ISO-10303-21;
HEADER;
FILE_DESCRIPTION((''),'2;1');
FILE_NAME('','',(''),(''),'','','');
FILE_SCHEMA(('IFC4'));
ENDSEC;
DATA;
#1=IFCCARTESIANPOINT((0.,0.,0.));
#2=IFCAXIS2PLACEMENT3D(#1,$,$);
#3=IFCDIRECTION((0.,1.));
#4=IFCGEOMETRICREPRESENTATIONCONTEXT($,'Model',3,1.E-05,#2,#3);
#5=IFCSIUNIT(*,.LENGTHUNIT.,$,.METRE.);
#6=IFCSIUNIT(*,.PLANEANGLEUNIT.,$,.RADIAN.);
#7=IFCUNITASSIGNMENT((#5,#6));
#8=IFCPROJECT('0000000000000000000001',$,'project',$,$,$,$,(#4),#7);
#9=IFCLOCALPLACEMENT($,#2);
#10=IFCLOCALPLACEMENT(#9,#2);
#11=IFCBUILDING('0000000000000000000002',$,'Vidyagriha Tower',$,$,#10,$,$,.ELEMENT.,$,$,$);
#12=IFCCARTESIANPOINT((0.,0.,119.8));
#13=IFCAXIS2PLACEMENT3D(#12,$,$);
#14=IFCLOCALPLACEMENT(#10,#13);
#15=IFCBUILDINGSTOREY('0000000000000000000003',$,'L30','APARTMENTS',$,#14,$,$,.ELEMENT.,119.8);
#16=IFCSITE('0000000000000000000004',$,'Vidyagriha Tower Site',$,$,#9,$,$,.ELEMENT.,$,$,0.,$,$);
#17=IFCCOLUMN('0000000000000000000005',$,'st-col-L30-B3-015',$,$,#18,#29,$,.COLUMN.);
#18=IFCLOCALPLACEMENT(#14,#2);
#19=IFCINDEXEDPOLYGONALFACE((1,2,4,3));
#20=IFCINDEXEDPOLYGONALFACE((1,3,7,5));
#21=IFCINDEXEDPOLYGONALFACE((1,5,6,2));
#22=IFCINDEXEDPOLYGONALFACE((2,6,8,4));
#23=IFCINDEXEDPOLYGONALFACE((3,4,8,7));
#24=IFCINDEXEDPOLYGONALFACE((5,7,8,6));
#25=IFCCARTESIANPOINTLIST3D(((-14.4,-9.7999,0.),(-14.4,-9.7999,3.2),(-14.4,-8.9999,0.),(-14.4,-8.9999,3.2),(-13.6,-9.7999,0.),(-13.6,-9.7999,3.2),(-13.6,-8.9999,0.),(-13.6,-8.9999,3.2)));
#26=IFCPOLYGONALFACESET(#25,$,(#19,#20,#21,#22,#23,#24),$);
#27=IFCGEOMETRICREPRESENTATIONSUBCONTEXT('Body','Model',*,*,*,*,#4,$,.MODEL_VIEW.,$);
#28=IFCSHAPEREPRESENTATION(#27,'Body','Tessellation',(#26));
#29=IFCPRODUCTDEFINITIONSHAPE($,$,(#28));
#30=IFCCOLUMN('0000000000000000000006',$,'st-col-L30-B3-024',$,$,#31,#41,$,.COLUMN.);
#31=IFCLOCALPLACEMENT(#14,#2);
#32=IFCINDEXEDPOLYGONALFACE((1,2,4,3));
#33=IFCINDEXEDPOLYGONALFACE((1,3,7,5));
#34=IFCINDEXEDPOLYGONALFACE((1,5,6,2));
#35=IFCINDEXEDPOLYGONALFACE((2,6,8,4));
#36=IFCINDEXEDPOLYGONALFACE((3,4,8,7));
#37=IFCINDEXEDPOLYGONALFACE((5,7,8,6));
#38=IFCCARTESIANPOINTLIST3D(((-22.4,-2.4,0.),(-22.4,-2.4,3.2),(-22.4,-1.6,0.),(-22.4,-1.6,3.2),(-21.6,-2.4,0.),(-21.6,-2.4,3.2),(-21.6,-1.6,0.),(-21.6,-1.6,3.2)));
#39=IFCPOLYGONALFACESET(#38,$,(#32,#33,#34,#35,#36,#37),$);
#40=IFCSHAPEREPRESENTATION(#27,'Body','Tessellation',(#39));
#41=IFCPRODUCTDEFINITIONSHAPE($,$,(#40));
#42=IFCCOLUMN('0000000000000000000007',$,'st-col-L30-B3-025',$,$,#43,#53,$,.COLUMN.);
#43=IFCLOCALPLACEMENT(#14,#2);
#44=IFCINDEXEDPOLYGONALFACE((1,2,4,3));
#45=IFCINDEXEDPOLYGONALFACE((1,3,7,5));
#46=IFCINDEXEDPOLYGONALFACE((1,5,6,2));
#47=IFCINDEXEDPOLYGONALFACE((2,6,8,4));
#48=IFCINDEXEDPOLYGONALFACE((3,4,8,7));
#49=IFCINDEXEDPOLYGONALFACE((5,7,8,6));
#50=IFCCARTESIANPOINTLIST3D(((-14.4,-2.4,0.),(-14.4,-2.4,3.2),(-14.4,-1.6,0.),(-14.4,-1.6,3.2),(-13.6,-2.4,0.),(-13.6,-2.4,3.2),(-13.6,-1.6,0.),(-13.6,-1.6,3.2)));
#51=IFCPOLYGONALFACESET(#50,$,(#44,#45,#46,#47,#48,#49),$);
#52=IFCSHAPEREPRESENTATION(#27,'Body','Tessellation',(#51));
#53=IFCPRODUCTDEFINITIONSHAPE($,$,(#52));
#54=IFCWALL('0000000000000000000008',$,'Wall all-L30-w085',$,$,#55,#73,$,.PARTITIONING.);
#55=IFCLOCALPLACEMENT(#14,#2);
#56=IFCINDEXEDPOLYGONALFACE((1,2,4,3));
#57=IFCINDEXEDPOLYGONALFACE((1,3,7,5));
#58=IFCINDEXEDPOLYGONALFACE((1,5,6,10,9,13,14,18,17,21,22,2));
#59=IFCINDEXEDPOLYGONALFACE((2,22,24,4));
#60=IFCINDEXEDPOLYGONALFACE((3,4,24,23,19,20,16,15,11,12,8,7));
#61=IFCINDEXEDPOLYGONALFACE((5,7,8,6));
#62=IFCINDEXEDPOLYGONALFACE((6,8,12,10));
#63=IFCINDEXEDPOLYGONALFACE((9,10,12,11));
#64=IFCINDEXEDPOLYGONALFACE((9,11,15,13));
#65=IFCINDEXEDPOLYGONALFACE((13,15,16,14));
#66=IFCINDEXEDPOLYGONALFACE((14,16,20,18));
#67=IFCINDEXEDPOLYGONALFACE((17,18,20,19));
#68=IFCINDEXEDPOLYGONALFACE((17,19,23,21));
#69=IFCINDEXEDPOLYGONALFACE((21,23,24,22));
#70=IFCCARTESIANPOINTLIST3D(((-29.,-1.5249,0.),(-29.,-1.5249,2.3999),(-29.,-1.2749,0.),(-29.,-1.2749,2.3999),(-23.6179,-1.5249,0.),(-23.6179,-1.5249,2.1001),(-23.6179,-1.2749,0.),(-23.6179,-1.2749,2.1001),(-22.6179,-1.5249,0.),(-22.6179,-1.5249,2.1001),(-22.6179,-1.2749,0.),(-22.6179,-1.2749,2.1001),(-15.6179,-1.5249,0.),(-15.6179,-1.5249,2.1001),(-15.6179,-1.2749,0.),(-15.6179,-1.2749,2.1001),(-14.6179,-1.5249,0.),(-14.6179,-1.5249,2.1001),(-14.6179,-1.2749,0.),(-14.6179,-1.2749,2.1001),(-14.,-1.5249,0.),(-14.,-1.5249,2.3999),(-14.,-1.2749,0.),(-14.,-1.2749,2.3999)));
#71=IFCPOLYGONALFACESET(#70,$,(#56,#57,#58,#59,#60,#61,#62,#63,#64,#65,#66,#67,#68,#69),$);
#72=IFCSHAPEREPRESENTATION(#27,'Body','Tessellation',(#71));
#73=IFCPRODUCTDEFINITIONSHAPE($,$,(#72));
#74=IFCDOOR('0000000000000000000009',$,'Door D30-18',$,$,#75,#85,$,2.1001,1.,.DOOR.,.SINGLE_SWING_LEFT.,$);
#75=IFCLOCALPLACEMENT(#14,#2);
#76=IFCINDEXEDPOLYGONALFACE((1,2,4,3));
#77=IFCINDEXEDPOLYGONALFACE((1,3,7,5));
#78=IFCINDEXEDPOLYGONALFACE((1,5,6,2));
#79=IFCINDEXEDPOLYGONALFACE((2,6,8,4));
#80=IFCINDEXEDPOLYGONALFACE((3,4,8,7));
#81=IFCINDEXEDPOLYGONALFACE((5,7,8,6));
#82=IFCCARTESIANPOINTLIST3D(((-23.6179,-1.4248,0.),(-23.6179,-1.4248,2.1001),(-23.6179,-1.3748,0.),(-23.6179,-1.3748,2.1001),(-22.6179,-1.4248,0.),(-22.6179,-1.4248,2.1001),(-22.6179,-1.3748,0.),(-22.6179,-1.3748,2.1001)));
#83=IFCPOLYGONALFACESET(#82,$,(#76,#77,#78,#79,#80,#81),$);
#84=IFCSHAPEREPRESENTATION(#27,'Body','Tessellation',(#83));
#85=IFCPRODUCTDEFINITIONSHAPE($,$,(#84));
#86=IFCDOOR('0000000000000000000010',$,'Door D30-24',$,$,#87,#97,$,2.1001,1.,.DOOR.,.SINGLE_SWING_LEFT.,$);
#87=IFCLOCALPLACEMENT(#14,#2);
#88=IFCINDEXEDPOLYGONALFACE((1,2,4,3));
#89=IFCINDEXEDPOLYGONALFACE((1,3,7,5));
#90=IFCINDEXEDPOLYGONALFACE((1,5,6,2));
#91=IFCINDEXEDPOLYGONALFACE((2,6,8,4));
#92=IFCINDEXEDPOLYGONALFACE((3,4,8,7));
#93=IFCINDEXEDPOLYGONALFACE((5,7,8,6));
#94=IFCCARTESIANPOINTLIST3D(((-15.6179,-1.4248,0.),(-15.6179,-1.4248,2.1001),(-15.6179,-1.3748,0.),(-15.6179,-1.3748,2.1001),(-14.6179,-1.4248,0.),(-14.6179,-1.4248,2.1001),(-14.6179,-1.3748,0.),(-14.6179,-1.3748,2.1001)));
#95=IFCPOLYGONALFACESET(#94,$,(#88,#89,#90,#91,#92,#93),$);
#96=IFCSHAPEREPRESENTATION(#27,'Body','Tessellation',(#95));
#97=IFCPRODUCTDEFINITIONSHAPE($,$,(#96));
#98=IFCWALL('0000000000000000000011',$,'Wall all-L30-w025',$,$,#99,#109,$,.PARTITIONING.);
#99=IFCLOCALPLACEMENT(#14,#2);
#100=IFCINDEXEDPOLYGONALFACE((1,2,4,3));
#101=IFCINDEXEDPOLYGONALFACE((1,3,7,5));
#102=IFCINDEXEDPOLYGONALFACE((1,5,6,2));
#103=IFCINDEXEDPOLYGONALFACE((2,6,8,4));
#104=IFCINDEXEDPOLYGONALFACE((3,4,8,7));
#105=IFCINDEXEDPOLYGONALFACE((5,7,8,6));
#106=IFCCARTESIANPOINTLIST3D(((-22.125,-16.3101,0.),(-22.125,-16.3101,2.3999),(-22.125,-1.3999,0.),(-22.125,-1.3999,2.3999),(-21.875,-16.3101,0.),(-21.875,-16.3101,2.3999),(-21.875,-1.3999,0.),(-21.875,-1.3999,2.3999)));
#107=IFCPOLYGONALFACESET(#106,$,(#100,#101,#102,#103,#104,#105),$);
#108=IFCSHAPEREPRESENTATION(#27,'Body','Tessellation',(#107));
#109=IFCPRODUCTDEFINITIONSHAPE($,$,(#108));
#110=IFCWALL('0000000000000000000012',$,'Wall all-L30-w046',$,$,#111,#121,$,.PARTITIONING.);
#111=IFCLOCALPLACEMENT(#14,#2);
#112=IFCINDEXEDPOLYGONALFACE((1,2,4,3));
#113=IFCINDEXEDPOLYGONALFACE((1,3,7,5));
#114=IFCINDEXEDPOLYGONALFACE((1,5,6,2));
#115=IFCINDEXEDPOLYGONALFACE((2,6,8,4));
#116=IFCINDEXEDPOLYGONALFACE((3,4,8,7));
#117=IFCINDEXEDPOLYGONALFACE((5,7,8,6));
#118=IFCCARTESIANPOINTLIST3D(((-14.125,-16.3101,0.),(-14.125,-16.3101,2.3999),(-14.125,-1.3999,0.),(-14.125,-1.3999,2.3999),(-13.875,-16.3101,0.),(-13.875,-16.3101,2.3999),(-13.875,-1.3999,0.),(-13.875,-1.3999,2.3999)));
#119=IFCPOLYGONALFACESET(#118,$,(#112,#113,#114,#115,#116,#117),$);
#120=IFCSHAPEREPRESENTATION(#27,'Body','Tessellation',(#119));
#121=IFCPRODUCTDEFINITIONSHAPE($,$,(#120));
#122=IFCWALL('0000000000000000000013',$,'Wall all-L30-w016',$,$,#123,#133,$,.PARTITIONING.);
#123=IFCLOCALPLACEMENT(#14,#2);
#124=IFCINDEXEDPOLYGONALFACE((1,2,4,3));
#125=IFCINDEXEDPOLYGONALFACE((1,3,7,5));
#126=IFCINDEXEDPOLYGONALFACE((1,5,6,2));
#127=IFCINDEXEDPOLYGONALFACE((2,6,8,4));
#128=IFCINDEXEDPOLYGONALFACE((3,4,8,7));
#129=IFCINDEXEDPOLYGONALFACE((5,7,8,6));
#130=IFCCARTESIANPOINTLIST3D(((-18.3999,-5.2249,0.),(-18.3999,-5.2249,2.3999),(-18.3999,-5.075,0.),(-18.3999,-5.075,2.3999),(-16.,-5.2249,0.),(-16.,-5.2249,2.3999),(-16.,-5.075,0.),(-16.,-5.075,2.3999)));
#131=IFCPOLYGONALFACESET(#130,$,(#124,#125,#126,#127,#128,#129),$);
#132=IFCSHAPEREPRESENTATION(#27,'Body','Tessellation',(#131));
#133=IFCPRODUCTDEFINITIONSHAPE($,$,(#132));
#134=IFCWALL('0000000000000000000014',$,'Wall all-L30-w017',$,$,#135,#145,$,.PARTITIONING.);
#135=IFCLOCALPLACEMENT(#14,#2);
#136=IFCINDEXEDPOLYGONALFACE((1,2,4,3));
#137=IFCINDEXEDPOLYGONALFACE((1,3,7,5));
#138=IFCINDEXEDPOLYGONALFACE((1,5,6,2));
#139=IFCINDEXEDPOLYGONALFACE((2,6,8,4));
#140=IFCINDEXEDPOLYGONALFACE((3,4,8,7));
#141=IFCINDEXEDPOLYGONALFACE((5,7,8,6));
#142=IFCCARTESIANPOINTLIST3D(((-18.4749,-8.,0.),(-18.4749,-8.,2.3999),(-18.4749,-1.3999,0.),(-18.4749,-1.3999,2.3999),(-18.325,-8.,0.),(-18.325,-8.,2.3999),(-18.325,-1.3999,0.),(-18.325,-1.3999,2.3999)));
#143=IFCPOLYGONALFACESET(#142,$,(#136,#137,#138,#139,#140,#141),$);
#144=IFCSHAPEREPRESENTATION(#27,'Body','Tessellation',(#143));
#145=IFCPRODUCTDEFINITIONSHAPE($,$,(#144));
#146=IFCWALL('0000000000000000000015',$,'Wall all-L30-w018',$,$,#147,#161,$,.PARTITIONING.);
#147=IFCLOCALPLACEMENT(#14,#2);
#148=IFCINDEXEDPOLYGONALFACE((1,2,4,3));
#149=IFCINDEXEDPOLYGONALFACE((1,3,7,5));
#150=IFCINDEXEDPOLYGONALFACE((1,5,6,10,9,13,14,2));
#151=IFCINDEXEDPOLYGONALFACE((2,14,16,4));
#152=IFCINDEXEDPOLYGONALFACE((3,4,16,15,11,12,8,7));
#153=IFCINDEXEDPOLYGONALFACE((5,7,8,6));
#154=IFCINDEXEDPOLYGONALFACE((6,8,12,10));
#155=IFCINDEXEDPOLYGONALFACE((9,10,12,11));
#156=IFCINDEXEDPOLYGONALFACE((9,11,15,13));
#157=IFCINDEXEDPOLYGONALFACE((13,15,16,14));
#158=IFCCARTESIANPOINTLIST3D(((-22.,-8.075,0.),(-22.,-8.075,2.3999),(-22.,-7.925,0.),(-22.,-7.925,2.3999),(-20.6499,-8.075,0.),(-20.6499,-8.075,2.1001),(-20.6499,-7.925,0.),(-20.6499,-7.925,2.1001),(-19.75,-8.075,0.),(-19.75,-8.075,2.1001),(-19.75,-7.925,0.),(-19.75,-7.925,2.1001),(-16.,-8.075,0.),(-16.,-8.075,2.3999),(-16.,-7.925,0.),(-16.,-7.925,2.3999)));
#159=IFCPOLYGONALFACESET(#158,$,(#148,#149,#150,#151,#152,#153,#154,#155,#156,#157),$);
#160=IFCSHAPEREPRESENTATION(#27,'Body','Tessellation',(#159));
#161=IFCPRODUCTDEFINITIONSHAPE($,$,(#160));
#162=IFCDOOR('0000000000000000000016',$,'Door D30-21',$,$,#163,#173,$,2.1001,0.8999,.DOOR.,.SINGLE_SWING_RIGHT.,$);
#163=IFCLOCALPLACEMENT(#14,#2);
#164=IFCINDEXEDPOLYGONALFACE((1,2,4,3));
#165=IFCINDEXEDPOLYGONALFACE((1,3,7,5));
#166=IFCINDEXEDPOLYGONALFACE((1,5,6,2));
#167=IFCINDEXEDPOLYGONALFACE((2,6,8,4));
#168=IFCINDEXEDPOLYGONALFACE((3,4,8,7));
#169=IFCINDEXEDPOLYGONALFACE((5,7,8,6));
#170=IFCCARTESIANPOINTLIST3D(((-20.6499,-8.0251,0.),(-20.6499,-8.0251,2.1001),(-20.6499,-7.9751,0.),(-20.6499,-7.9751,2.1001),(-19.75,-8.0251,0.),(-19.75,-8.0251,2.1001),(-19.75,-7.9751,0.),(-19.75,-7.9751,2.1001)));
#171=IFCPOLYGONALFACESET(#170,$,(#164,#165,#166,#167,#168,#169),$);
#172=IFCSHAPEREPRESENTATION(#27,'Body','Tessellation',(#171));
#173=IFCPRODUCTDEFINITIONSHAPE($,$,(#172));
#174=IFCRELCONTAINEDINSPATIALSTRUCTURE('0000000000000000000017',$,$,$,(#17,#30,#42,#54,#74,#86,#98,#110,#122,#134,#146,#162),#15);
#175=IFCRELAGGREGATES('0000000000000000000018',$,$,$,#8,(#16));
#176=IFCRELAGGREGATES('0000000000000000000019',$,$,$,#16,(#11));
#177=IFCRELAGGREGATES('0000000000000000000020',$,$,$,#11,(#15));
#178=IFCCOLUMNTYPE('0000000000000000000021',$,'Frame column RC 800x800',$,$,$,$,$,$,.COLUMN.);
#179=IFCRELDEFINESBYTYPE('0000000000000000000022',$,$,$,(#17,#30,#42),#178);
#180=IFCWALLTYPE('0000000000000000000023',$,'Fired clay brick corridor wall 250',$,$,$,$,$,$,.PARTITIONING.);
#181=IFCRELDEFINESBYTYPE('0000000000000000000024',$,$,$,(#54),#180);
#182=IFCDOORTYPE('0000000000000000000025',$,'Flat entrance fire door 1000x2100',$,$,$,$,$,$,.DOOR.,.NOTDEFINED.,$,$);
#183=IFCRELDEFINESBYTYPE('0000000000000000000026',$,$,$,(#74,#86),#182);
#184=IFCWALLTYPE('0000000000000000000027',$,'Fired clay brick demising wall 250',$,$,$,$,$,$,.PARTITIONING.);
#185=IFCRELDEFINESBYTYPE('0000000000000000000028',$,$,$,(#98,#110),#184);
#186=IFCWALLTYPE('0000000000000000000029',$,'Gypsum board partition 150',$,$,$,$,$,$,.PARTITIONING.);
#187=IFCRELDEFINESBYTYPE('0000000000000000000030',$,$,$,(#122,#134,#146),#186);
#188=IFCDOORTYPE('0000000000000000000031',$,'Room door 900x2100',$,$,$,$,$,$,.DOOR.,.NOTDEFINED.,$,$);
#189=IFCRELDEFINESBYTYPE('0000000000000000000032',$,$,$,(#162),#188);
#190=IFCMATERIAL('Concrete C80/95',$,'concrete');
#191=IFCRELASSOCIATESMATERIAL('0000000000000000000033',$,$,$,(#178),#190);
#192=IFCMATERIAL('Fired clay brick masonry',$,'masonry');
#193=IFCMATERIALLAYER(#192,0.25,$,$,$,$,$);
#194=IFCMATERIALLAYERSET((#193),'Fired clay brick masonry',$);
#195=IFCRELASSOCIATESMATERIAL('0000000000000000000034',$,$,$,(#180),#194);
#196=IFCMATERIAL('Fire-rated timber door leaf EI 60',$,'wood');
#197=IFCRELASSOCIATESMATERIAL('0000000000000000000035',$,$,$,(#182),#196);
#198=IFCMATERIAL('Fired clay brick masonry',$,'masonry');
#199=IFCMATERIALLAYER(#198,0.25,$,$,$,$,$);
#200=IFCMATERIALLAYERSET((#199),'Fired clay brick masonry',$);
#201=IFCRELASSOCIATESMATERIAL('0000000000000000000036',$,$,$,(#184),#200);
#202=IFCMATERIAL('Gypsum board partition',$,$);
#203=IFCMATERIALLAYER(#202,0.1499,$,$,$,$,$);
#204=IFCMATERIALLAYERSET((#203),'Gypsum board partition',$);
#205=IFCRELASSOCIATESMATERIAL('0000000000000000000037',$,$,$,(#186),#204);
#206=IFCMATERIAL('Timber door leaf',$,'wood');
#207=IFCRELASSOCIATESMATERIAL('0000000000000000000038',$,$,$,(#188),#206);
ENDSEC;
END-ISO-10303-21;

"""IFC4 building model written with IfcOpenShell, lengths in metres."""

from ifc_helpers import new_model, si_unit, direction, frame, frame_2d, origin, origin_2d, place, context, subcontext, project, spatial, rectangle, extrude, material, layer, layer_set, material_profile, profile_set, type_object, element, fill, save


model = new_model("IFC4")

# Units and contexts
model_context = context("Model", 3, precision=1e-05, world=origin(), true_north=direction((0.0, 1.0)))
body_context = subcontext(model_context, "Body", "Model", "MODEL_VIEW")
ifc_project = project(units=[si_unit("LENGTHUNIT", "METRE"), si_unit("PLANEANGLEUNIT", "RADIAN")], contexts=[model_context])

# Site, building, storey
site_placement = place(None, origin())
site = spatial("IfcSite", under=ifc_project, at=site_placement, Name="Vidyagriha Tower Site", CompositionType="ELEMENT", RefElevation=0.0)
building_placement = place(site_placement, origin())
building = spatial("IfcBuilding", under=site, at=building_placement, Name="Vidyagriha Tower", CompositionType="ELEMENT")
storey_placement = place(building_placement, frame((0.0, 0.0, 119.8)))
storey = spatial("IfcBuildingStorey", under=building, at=storey_placement, Name="L30", Description="APARTMENTS", CompositionType="ELEMENT", Elevation=119.8)

# Columns
ifc_material_1 = material(Name="Concrete C80/95", Category="concrete")
ifc_material_profile = material_profile(ifc_material_1, rectangle(XDim=0.8, YDim=0.8, at=origin_2d()), Name="RC 800x800")
ifc_profile_set = profile_set([ifc_material_profile], Name="Concrete C80/95")
column_type = type_object("IfcColumnType", Name="Frame column RC 800x800", PredefinedType="COLUMN", material=ifc_profile_set)
for number, where, name in (
    (1, (-14.0, -9.3999, 0.0), "st-col-L30-B3-015"),
    (2, (-22.0, -2.0, 0.0), "st-col-L30-B3-024"),
    (3, (-14.0, -2.0, 0.0), "st-col-L30-B3-025"),
):
    element("IfcColumn", number, at=place(storey_placement, frame(where)), inside=storey, type_object=column_type, Name=name, PredefinedType="COLUMN", context=body_context, shape_type="SweptSolid", body=[
        extrude(rectangle(XDim=0.8, YDim=0.8, at=origin_2d()), origin(), (0.0, 0.0, 1.0), 3.2),
    ])

# Wall, openings, doors
ifc_material_2 = material(Name="Fired clay brick masonry", Category="masonry")
ifc_layer_1 = layer(ifc_material_2, 0.25)
ifc_layer_set_1 = layer_set([ifc_layer_1], Name="Fired clay brick masonry")
wall_type_1 = type_object("IfcWallType", Name="Fired clay brick corridor wall 250", PredefinedType="PARTITIONING", material=ifc_layer_set_1)
wall_1_placement = place(storey_placement, frame((-14.0, -1.3999, 0.0), z_axis=(0.0, 0.0, 1.0), x_axis=(-1.0, 0.0, 0.0)))
wall_1 = element("IfcWall", 4, at=wall_1_placement, inside=storey, type_object=wall_type_1, Name="Wall all-L30-w085", PredefinedType="PARTITIONING", context=body_context, shape_type="SweptSolid", body=[
    extrude(rectangle(XDim=15.0, YDim=0.25, at=frame_2d((7.5, 0.0))), origin(), (0.0, 0.0, 1.0), 2.3999),
])
opening_1_placement = place(wall_1_placement, frame((8.6179, 0.0, 0.0)))
opening_1 = element("IfcOpeningElement", 5, at=opening_1_placement, cuts=wall_1, PredefinedType="OPENING", context=body_context, shape_type="SweptSolid", body=[
    extrude(rectangle(XDim=1.0, YDim=2.1001, at=frame_2d((0.5, 1.05))), frame((0.0, 0.135, 0.0), z_axis=(0.0, -1.0, 0.0), x_axis=(1.0, 0.0, 0.0)), (0.0, 0.0, 1.0), 0.27),
])
opening_2_placement = place(wall_1_placement, frame((0.6179, 0.0, 0.0)))
opening_2 = element("IfcOpeningElement", 6, at=opening_2_placement, cuts=wall_1, PredefinedType="OPENING", context=body_context, shape_type="SweptSolid", body=[
    extrude(rectangle(XDim=1.0, YDim=2.1001, at=frame_2d((0.5, 1.05))), frame((0.0, 0.135, 0.0), z_axis=(0.0, -1.0, 0.0), x_axis=(1.0, 0.0, 0.0)), (0.0, 0.0, 1.0), 0.27),
])
ifc_material_3 = material(Name="Fire-rated timber door leaf EI 60", Category="wood")
door_type_1 = type_object("IfcDoorType", Name="Flat entrance fire door 1000x2100", OperationType="NOTDEFINED", PredefinedType="DOOR", material=ifc_material_3)
door_1_placement = place(opening_1_placement, origin())
door_1 = element("IfcDoor", 7, at=door_1_placement, inside=storey, type_object=door_type_1, Name="Door D30-18", OperationType="SINGLE_SWING_LEFT", OverallHeight=2.1001, OverallWidth=1.0, PredefinedType="DOOR", context=body_context, shape_type="SweptSolid", body=[
    extrude(rectangle(XDim=1.0, YDim=2.1001, at=frame_2d((0.5, 1.05))), frame((0.0, 0.0249, 0.0), z_axis=(0.0, -1.0, 0.0), x_axis=(1.0, 0.0, 0.0)), (0.0, 0.0, 1.0), 0.05),
])
fill(opening_1, door_1)
door_2_placement = place(opening_2_placement, origin())
door_2 = element("IfcDoor", 8, at=door_2_placement, inside=storey, type_object=door_type_1, Name="Door D30-24", OperationType="SINGLE_SWING_LEFT", OverallHeight=2.1001, OverallWidth=1.0, PredefinedType="DOOR", context=body_context, shape_type="SweptSolid", body=[
    extrude(rectangle(XDim=1.0, YDim=2.1001, at=frame_2d((0.5, 1.05))), frame((0.0, 0.0249, 0.0), z_axis=(0.0, -1.0, 0.0), x_axis=(1.0, 0.0, 0.0)), (0.0, 0.0, 1.0), 0.05),
])
fill(opening_2, door_2)

# Walls
ifc_material_4 = material(Name="Fired clay brick masonry", Category="masonry")
ifc_layer_2 = layer(ifc_material_4, 0.25)
ifc_layer_set_2 = layer_set([ifc_layer_2], Name="Fired clay brick masonry")
wall_type_2 = type_object("IfcWallType", Name="Fired clay brick demising wall 250", PredefinedType="PARTITIONING", material=ifc_layer_set_2)
for number, where, z_axis, x_axis, name in (
    (9, (-22.0, -1.3999, 0.0), (0.0, 0.0, 1.0), (0.0, -1.0, 0.0), "Wall all-L30-w025"),
    (10, (-14.0, -1.3999, 0.0), (0.0, 0.0, 1.0), (0.0, -1.0, 0.0), "Wall all-L30-w046"),
):
    element("IfcWall", number, at=place(storey_placement, frame(where, z_axis=z_axis, x_axis=x_axis)), inside=storey, type_object=wall_type_2, Name=name, PredefinedType="PARTITIONING", context=body_context, shape_type="SweptSolid", body=[
        extrude(rectangle(XDim=14.9102, YDim=0.25, at=frame_2d((7.4551, 0.0))), origin(), (0.0, 0.0, 1.0), 2.3999),
    ])
ifc_material_5 = material(Name="Gypsum board partition")
ifc_layer_3 = layer(ifc_material_5, 0.1499)
ifc_layer_set_3 = layer_set([ifc_layer_3], Name="Gypsum board partition")
wall_type_3 = type_object("IfcWallType", Name="Gypsum board partition 150", PredefinedType="PARTITIONING", material=ifc_layer_set_3)
wall_2_placement = place(storey_placement, frame((-16.0, -5.1499, 0.0), z_axis=(0.0, 0.0, 1.0), x_axis=(-1.0, 0.0, 0.0)))
element("IfcWall", 11, at=wall_2_placement, inside=storey, type_object=wall_type_3, Name="Wall all-L30-w016", PredefinedType="PARTITIONING", context=body_context, shape_type="SweptSolid", body=[
    extrude(rectangle(XDim=2.3999, YDim=0.1499, at=frame_2d((1.2, 0.0))), origin(), (0.0, 0.0, 1.0), 2.3999),
])
wall_3_placement = place(storey_placement, frame((-18.3999, -8.0, 0.0), z_axis=(0.0, 0.0, 1.0), x_axis=(0.0, 1.0, 0.0)))
element("IfcWall", 12, at=wall_3_placement, inside=storey, type_object=wall_type_3, Name="Wall all-L30-w017", PredefinedType="PARTITIONING", context=body_context, shape_type="SweptSolid", body=[
    extrude(rectangle(XDim=6.6001, YDim=0.1499, at=frame_2d((3.3, 0.0))), origin(), (0.0, 0.0, 1.0), 2.3999),
])

# Wall, opening, door
wall_4_placement = place(storey_placement, frame((-22.0, -8.0, 0.0)))
wall_4 = element("IfcWall", 13, at=wall_4_placement, inside=storey, type_object=wall_type_3, Name="Wall all-L30-w018", PredefinedType="PARTITIONING", context=body_context, shape_type="SweptSolid", body=[
    extrude(rectangle(XDim=6.0, YDim=0.1499, at=frame_2d((3.0, 0.0))), origin(), (0.0, 0.0, 1.0), 2.3999),
])
opening_3_placement = place(wall_4_placement, frame((1.3501, 0.0, 0.0)))
opening_3 = element("IfcOpeningElement", 14, at=opening_3_placement, cuts=wall_4, PredefinedType="OPENING", context=body_context, shape_type="SweptSolid", body=[
    extrude(rectangle(XDim=0.8999, YDim=2.1001, at=frame_2d((0.45, 1.05))), frame((0.0, 0.085, 0.0), z_axis=(0.0, -1.0, 0.0), x_axis=(1.0, 0.0, 0.0)), (0.0, 0.0, 1.0), 0.1699),
])
ifc_material_6 = material(Name="Timber door leaf", Category="wood")
door_type_2 = type_object("IfcDoorType", Name="Room door 900x2100", OperationType="NOTDEFINED", PredefinedType="DOOR", material=ifc_material_6)
door_3_placement = place(opening_3_placement, origin())
door_3 = element("IfcDoor", 15, at=door_3_placement, inside=storey, type_object=door_type_2, Name="Door D30-21", OperationType="SINGLE_SWING_RIGHT", OverallHeight=2.1001, OverallWidth=0.8999, PredefinedType="DOOR", context=body_context, shape_type="SweptSolid", body=[
    extrude(rectangle(XDim=0.8999, YDim=2.1001, at=frame_2d((0.45, 1.05))), frame((0.0, 0.0249, 0.0), z_axis=(0.0, -1.0, 0.0), x_axis=(1.0, 0.0, 0.0)), (0.0, 0.0, 1.0), 0.05),
])
fill(opening_3, door_3)

save(model, "model.ifc")
